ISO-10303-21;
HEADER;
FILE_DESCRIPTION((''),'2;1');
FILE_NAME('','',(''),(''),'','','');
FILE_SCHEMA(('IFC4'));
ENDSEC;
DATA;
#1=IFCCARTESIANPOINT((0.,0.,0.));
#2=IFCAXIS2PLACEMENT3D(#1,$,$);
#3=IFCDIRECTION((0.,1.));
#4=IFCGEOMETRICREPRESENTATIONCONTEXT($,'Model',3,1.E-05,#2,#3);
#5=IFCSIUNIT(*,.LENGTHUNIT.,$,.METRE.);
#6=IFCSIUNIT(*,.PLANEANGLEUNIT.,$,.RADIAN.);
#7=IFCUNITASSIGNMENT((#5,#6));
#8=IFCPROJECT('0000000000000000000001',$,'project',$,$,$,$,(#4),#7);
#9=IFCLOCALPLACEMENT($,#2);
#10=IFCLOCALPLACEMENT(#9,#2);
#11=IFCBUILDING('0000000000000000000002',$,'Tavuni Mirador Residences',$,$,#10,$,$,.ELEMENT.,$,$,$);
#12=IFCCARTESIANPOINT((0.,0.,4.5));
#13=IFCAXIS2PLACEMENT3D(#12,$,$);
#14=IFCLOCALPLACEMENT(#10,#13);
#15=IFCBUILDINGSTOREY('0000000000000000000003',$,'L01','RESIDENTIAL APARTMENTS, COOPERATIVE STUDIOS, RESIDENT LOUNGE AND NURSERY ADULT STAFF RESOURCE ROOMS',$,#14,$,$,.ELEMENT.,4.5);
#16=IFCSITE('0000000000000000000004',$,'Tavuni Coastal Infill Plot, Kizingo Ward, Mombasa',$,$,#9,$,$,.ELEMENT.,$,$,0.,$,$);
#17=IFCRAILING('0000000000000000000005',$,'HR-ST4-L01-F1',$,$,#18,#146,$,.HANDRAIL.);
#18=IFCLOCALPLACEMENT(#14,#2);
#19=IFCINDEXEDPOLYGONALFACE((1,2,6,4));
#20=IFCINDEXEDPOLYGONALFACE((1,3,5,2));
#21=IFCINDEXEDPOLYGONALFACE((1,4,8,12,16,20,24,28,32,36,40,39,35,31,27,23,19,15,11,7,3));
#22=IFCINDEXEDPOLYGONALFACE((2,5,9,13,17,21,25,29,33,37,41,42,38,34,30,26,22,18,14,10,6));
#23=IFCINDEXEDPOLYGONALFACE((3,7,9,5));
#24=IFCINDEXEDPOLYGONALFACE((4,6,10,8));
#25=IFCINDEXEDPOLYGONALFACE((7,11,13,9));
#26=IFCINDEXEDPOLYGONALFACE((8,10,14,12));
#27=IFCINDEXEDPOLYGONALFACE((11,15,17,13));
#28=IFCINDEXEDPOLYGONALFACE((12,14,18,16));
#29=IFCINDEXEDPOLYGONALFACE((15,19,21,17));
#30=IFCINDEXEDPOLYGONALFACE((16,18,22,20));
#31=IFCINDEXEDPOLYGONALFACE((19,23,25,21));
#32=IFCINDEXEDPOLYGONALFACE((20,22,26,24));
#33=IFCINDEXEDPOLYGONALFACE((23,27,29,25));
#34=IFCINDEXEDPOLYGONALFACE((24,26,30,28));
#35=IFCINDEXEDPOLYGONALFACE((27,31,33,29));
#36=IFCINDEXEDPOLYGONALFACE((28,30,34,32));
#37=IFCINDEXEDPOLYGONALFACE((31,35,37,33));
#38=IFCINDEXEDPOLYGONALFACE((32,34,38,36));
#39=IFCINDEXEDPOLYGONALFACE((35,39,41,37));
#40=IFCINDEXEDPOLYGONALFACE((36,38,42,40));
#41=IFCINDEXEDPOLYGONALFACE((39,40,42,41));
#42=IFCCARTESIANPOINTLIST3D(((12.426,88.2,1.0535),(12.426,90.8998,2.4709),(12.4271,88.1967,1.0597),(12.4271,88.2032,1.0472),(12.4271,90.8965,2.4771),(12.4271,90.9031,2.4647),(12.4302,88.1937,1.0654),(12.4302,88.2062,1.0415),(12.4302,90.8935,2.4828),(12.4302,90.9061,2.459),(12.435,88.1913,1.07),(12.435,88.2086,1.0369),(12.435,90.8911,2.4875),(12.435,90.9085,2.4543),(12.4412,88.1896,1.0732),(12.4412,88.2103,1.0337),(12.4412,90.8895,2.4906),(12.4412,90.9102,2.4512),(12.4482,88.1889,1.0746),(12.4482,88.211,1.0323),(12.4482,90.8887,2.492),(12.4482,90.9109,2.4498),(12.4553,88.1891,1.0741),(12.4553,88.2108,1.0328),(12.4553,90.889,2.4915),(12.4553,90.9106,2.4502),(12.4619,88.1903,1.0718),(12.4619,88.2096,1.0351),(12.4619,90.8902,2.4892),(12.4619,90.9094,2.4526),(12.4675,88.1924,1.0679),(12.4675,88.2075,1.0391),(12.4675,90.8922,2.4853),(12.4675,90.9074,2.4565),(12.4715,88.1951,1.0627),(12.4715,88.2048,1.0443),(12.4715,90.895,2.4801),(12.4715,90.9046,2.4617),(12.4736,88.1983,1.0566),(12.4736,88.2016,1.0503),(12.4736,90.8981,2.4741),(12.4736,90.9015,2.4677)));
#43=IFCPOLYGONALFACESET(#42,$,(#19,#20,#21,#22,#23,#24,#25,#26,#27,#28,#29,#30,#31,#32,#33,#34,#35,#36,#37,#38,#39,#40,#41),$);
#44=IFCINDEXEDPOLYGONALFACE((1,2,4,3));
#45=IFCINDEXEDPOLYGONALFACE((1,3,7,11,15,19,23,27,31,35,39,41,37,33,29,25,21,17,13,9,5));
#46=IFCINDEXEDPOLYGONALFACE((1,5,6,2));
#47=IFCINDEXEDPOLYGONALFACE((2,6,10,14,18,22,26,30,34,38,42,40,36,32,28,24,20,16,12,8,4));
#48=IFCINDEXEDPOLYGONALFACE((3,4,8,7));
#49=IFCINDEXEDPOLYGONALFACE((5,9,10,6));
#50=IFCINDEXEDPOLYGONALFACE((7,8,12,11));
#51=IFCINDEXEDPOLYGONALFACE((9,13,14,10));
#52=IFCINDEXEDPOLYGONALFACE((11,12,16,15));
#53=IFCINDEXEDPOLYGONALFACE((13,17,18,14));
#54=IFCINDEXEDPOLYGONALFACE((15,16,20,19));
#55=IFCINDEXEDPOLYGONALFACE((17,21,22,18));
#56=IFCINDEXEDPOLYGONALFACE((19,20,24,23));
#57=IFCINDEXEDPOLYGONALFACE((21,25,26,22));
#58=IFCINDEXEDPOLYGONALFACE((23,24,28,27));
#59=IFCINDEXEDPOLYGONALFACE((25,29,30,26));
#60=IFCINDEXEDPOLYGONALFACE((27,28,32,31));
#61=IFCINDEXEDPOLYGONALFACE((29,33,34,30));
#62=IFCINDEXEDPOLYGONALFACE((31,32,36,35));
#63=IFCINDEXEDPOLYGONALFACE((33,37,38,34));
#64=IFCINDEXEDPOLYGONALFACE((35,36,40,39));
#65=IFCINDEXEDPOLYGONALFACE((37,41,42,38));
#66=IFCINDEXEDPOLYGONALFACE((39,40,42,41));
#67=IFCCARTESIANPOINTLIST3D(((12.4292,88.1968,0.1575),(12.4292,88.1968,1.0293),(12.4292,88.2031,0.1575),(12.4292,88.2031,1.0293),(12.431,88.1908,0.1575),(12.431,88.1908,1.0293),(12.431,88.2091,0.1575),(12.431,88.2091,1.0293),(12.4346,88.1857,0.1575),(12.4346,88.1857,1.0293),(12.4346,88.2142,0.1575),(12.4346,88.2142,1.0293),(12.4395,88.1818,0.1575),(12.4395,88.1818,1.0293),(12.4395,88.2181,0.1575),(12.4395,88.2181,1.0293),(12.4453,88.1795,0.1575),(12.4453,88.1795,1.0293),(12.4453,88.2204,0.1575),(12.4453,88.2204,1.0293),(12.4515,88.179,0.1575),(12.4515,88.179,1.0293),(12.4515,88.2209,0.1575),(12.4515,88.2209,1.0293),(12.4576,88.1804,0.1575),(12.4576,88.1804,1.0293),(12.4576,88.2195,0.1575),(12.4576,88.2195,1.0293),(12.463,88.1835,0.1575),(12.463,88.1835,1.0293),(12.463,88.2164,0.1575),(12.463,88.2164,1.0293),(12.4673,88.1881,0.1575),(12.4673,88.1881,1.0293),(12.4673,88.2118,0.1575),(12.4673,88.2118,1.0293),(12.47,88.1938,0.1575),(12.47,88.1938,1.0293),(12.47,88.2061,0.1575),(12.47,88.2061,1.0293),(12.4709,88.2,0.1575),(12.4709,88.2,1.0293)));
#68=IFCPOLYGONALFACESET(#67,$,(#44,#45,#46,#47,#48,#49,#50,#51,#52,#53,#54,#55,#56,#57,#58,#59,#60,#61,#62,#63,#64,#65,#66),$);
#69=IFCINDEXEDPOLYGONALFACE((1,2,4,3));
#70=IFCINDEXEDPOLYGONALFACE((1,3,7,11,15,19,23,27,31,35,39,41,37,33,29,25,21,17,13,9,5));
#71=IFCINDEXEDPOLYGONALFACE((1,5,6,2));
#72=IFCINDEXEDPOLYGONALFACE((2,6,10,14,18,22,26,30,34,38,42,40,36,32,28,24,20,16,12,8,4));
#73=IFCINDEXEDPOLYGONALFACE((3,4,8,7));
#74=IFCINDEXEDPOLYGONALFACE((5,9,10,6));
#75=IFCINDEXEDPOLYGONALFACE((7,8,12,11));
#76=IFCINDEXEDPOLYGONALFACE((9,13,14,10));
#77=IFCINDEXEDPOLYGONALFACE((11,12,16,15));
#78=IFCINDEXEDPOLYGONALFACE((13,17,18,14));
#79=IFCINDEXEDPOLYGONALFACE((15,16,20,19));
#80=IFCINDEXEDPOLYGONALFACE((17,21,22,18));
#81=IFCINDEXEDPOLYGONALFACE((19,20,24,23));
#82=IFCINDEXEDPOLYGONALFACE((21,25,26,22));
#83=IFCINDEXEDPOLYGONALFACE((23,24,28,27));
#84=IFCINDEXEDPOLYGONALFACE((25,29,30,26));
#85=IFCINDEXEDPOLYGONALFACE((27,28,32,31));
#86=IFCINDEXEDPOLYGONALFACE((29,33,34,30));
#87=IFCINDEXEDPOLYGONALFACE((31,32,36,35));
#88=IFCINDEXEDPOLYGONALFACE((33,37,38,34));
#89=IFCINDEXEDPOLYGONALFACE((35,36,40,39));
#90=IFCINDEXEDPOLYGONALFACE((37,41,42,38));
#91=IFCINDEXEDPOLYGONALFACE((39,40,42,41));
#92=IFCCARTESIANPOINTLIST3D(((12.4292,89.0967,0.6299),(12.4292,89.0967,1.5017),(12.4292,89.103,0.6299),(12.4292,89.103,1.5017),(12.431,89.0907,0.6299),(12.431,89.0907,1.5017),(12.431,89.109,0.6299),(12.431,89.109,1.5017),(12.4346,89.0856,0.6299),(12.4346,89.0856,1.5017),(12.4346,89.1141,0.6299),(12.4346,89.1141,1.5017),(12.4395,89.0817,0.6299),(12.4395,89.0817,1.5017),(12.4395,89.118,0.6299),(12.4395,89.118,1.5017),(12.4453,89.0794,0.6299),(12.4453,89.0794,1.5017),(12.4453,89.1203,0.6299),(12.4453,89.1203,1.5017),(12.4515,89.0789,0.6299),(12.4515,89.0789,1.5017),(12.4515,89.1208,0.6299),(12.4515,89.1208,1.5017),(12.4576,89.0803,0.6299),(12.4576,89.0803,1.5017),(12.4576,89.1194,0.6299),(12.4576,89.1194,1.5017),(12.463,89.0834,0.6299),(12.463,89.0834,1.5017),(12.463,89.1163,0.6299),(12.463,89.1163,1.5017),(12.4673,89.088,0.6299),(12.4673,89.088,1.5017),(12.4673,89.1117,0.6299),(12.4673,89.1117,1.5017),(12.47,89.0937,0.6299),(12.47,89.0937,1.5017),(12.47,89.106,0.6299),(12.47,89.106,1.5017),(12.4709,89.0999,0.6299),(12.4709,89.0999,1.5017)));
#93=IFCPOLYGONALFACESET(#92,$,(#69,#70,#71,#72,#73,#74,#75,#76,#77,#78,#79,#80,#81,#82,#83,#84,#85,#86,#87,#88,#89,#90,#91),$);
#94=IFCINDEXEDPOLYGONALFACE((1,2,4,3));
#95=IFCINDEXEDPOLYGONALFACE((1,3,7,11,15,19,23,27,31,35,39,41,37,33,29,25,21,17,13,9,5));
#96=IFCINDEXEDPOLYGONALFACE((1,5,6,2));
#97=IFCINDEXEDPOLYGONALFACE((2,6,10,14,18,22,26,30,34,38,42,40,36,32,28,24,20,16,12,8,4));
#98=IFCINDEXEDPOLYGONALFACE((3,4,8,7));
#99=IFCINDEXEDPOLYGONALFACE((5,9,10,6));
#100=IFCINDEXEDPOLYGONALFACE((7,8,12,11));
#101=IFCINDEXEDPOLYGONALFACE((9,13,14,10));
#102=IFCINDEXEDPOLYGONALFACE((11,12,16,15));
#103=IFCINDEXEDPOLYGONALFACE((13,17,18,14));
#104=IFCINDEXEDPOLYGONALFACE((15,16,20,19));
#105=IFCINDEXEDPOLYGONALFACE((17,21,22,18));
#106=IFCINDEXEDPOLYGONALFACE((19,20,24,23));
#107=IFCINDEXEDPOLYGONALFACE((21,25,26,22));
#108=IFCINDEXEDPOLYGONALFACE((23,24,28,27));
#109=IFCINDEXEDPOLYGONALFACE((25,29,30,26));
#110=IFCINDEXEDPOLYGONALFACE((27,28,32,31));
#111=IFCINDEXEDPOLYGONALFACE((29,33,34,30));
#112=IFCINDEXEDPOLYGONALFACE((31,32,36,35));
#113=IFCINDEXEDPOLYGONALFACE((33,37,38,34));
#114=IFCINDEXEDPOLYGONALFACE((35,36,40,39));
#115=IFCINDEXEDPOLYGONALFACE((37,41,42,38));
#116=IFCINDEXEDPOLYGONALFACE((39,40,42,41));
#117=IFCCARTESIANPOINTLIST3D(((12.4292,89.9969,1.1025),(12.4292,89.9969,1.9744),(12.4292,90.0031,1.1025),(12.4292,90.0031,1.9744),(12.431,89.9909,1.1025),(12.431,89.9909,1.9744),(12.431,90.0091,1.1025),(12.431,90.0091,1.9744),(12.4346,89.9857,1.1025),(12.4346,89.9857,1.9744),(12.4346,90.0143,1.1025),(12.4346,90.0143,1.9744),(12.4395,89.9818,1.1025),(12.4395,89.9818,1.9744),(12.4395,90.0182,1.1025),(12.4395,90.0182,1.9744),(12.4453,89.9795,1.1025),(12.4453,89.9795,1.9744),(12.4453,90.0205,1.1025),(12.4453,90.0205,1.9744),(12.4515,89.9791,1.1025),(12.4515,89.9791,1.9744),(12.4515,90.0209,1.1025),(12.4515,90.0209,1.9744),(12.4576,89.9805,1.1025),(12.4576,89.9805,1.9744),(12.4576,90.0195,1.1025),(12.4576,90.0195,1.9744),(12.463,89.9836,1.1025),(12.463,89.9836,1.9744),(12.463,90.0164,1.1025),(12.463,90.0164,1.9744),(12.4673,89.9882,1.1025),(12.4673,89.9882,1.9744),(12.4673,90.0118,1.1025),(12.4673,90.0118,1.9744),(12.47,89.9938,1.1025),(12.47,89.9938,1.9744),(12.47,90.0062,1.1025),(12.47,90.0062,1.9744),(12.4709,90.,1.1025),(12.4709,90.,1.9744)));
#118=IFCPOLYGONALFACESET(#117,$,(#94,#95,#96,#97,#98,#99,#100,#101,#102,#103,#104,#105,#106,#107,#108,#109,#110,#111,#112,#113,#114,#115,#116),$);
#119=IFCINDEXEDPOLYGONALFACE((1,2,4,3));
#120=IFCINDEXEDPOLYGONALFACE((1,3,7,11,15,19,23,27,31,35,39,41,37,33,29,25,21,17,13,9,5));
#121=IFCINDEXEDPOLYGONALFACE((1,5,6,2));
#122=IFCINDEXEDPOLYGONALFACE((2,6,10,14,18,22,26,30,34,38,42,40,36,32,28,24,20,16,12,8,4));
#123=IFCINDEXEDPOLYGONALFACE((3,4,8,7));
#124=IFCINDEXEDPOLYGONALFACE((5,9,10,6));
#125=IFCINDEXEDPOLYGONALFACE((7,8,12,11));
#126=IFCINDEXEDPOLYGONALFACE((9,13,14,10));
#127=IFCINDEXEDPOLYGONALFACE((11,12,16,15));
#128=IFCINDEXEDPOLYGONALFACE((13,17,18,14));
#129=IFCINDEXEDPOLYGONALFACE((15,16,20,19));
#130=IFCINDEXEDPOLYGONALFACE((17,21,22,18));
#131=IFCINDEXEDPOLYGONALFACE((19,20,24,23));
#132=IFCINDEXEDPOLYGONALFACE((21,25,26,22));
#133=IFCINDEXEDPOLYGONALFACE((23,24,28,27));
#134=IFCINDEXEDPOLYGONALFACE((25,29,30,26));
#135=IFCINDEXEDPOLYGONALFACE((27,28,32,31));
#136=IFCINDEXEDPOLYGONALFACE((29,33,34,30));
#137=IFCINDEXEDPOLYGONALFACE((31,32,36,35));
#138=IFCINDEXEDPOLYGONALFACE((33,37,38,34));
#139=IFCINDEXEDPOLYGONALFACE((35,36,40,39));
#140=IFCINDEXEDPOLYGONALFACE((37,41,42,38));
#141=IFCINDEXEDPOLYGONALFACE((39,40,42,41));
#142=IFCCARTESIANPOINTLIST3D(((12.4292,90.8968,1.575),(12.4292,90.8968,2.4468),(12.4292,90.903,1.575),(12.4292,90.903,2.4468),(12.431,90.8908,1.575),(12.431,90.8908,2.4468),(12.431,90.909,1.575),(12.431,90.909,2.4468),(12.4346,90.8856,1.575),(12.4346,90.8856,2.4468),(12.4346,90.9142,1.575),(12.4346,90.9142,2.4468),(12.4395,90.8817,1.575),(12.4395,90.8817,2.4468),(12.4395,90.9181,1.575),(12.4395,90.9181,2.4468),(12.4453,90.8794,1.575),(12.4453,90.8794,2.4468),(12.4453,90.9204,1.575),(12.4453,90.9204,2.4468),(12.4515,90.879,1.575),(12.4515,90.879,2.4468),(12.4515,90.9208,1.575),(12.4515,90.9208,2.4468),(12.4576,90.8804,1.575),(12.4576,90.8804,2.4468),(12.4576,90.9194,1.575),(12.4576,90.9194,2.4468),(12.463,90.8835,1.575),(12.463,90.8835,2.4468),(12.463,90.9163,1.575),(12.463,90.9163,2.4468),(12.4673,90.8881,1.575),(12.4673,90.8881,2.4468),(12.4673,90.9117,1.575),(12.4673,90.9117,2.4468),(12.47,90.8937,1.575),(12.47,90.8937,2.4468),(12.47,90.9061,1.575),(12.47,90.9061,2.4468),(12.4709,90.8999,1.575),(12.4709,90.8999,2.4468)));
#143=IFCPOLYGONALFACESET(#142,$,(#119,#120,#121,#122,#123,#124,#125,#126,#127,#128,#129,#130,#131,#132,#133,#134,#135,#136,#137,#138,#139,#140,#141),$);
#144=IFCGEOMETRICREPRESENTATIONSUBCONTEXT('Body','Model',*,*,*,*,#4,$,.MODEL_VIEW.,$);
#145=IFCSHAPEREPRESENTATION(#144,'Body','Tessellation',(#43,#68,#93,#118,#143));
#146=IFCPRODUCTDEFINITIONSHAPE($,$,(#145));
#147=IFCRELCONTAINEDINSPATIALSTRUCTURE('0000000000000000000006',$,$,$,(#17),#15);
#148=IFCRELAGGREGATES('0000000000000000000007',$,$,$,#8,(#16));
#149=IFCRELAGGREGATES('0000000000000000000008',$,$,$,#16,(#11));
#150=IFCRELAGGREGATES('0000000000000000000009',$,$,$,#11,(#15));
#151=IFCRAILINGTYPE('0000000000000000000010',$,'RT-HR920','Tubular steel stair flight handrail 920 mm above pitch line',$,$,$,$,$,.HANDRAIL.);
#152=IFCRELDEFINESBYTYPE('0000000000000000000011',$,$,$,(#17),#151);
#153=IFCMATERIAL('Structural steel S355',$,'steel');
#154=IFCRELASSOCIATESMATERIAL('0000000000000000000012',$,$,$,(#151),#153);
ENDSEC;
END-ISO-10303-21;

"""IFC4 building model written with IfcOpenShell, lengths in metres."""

from ifc_helpers import new_model, si_unit, direction, frame, origin, origin_2d, place, context, subcontext, project, spatial, circle, extrude, material, type_object, element, save


model = new_model("IFC4")

# Units and contexts
model_context = context("Model", 3, precision=1e-05, world=origin(), true_north=direction((0.0, 1.0)))
body_context = subcontext(model_context, "Body", "Model", "MODEL_VIEW")
ifc_project = project(units=[si_unit("LENGTHUNIT", "METRE"), si_unit("PLANEANGLEUNIT", "RADIAN")], contexts=[model_context])

# Site, building, storey
site_placement = place(None, origin())
site = spatial("IfcSite", under=ifc_project, at=site_placement, Name="Tavuni Coastal Infill Plot, Kizingo Ward, Mombasa", CompositionType="ELEMENT", RefElevation=0.0)
building_placement = place(site_placement, origin())
building = spatial("IfcBuilding", under=site, at=building_placement, Name="Tavuni Mirador Residences", CompositionType="ELEMENT")
storey_placement = place(building_placement, frame((0.0, 0.0, 4.5)))
storey = spatial("IfcBuildingStorey", under=building, at=storey_placement, Name="L01", Description="RESIDENTIAL APARTMENTS, COOPERATIVE STUDIOS, RESIDENT LOUNGE AND NURSERY ADULT STAFF RESOURCE ROOMS", CompositionType="ELEMENT", Elevation=4.5)

# Shared definitions
ifc_material_1 = material(Name="Structural steel S355", Category="steel")

# Railing
railing_type_1 = type_object("IfcRailingType", Name="RT-HR920", Description="Tubular steel stair flight handrail 920 mm above pitch line", PredefinedType="HANDRAIL", material=ifc_material_1)
railing_1_placement = place(storey_placement, frame((12.45, 88.2, 0.1575)))
element("IfcRailing", 1, at=railing_1_placement, inside=storey, type_object=railing_type_1, Name="HR-ST4-L01-F1", PredefinedType="HANDRAIL", context=body_context, shape_type="SweptSolid", body=[
    extrude(circle(Radius=0.0239, at=origin_2d()), frame((0.0, 0.0, 0.896), z_axis=(0.0, 0.885397, 0.464835), x_axis=(-1.0, 0.0, 0.0)), (0.0, 0.0, 1.0), 3.0493),
    extrude(circle(Radius=0.021, at=origin_2d()), origin(), (0.0, 0.0, 1.0), 0.8718),
    extrude(circle(Radius=0.021, at=origin_2d()), frame((0.0, 0.8999, 0.4724)), (0.0, 0.0, 1.0), 0.8718),
    extrude(circle(Radius=0.021, at=origin_2d()), frame((0.0, 1.8, 0.9451)), (0.0, 0.0, 1.0), 0.8718),
    extrude(circle(Radius=0.021, at=origin_2d()), frame((0.0, 2.7, 1.4175)), (0.0, 0.0, 1.0), 0.8718),
])

save(model, "model.ifc")
